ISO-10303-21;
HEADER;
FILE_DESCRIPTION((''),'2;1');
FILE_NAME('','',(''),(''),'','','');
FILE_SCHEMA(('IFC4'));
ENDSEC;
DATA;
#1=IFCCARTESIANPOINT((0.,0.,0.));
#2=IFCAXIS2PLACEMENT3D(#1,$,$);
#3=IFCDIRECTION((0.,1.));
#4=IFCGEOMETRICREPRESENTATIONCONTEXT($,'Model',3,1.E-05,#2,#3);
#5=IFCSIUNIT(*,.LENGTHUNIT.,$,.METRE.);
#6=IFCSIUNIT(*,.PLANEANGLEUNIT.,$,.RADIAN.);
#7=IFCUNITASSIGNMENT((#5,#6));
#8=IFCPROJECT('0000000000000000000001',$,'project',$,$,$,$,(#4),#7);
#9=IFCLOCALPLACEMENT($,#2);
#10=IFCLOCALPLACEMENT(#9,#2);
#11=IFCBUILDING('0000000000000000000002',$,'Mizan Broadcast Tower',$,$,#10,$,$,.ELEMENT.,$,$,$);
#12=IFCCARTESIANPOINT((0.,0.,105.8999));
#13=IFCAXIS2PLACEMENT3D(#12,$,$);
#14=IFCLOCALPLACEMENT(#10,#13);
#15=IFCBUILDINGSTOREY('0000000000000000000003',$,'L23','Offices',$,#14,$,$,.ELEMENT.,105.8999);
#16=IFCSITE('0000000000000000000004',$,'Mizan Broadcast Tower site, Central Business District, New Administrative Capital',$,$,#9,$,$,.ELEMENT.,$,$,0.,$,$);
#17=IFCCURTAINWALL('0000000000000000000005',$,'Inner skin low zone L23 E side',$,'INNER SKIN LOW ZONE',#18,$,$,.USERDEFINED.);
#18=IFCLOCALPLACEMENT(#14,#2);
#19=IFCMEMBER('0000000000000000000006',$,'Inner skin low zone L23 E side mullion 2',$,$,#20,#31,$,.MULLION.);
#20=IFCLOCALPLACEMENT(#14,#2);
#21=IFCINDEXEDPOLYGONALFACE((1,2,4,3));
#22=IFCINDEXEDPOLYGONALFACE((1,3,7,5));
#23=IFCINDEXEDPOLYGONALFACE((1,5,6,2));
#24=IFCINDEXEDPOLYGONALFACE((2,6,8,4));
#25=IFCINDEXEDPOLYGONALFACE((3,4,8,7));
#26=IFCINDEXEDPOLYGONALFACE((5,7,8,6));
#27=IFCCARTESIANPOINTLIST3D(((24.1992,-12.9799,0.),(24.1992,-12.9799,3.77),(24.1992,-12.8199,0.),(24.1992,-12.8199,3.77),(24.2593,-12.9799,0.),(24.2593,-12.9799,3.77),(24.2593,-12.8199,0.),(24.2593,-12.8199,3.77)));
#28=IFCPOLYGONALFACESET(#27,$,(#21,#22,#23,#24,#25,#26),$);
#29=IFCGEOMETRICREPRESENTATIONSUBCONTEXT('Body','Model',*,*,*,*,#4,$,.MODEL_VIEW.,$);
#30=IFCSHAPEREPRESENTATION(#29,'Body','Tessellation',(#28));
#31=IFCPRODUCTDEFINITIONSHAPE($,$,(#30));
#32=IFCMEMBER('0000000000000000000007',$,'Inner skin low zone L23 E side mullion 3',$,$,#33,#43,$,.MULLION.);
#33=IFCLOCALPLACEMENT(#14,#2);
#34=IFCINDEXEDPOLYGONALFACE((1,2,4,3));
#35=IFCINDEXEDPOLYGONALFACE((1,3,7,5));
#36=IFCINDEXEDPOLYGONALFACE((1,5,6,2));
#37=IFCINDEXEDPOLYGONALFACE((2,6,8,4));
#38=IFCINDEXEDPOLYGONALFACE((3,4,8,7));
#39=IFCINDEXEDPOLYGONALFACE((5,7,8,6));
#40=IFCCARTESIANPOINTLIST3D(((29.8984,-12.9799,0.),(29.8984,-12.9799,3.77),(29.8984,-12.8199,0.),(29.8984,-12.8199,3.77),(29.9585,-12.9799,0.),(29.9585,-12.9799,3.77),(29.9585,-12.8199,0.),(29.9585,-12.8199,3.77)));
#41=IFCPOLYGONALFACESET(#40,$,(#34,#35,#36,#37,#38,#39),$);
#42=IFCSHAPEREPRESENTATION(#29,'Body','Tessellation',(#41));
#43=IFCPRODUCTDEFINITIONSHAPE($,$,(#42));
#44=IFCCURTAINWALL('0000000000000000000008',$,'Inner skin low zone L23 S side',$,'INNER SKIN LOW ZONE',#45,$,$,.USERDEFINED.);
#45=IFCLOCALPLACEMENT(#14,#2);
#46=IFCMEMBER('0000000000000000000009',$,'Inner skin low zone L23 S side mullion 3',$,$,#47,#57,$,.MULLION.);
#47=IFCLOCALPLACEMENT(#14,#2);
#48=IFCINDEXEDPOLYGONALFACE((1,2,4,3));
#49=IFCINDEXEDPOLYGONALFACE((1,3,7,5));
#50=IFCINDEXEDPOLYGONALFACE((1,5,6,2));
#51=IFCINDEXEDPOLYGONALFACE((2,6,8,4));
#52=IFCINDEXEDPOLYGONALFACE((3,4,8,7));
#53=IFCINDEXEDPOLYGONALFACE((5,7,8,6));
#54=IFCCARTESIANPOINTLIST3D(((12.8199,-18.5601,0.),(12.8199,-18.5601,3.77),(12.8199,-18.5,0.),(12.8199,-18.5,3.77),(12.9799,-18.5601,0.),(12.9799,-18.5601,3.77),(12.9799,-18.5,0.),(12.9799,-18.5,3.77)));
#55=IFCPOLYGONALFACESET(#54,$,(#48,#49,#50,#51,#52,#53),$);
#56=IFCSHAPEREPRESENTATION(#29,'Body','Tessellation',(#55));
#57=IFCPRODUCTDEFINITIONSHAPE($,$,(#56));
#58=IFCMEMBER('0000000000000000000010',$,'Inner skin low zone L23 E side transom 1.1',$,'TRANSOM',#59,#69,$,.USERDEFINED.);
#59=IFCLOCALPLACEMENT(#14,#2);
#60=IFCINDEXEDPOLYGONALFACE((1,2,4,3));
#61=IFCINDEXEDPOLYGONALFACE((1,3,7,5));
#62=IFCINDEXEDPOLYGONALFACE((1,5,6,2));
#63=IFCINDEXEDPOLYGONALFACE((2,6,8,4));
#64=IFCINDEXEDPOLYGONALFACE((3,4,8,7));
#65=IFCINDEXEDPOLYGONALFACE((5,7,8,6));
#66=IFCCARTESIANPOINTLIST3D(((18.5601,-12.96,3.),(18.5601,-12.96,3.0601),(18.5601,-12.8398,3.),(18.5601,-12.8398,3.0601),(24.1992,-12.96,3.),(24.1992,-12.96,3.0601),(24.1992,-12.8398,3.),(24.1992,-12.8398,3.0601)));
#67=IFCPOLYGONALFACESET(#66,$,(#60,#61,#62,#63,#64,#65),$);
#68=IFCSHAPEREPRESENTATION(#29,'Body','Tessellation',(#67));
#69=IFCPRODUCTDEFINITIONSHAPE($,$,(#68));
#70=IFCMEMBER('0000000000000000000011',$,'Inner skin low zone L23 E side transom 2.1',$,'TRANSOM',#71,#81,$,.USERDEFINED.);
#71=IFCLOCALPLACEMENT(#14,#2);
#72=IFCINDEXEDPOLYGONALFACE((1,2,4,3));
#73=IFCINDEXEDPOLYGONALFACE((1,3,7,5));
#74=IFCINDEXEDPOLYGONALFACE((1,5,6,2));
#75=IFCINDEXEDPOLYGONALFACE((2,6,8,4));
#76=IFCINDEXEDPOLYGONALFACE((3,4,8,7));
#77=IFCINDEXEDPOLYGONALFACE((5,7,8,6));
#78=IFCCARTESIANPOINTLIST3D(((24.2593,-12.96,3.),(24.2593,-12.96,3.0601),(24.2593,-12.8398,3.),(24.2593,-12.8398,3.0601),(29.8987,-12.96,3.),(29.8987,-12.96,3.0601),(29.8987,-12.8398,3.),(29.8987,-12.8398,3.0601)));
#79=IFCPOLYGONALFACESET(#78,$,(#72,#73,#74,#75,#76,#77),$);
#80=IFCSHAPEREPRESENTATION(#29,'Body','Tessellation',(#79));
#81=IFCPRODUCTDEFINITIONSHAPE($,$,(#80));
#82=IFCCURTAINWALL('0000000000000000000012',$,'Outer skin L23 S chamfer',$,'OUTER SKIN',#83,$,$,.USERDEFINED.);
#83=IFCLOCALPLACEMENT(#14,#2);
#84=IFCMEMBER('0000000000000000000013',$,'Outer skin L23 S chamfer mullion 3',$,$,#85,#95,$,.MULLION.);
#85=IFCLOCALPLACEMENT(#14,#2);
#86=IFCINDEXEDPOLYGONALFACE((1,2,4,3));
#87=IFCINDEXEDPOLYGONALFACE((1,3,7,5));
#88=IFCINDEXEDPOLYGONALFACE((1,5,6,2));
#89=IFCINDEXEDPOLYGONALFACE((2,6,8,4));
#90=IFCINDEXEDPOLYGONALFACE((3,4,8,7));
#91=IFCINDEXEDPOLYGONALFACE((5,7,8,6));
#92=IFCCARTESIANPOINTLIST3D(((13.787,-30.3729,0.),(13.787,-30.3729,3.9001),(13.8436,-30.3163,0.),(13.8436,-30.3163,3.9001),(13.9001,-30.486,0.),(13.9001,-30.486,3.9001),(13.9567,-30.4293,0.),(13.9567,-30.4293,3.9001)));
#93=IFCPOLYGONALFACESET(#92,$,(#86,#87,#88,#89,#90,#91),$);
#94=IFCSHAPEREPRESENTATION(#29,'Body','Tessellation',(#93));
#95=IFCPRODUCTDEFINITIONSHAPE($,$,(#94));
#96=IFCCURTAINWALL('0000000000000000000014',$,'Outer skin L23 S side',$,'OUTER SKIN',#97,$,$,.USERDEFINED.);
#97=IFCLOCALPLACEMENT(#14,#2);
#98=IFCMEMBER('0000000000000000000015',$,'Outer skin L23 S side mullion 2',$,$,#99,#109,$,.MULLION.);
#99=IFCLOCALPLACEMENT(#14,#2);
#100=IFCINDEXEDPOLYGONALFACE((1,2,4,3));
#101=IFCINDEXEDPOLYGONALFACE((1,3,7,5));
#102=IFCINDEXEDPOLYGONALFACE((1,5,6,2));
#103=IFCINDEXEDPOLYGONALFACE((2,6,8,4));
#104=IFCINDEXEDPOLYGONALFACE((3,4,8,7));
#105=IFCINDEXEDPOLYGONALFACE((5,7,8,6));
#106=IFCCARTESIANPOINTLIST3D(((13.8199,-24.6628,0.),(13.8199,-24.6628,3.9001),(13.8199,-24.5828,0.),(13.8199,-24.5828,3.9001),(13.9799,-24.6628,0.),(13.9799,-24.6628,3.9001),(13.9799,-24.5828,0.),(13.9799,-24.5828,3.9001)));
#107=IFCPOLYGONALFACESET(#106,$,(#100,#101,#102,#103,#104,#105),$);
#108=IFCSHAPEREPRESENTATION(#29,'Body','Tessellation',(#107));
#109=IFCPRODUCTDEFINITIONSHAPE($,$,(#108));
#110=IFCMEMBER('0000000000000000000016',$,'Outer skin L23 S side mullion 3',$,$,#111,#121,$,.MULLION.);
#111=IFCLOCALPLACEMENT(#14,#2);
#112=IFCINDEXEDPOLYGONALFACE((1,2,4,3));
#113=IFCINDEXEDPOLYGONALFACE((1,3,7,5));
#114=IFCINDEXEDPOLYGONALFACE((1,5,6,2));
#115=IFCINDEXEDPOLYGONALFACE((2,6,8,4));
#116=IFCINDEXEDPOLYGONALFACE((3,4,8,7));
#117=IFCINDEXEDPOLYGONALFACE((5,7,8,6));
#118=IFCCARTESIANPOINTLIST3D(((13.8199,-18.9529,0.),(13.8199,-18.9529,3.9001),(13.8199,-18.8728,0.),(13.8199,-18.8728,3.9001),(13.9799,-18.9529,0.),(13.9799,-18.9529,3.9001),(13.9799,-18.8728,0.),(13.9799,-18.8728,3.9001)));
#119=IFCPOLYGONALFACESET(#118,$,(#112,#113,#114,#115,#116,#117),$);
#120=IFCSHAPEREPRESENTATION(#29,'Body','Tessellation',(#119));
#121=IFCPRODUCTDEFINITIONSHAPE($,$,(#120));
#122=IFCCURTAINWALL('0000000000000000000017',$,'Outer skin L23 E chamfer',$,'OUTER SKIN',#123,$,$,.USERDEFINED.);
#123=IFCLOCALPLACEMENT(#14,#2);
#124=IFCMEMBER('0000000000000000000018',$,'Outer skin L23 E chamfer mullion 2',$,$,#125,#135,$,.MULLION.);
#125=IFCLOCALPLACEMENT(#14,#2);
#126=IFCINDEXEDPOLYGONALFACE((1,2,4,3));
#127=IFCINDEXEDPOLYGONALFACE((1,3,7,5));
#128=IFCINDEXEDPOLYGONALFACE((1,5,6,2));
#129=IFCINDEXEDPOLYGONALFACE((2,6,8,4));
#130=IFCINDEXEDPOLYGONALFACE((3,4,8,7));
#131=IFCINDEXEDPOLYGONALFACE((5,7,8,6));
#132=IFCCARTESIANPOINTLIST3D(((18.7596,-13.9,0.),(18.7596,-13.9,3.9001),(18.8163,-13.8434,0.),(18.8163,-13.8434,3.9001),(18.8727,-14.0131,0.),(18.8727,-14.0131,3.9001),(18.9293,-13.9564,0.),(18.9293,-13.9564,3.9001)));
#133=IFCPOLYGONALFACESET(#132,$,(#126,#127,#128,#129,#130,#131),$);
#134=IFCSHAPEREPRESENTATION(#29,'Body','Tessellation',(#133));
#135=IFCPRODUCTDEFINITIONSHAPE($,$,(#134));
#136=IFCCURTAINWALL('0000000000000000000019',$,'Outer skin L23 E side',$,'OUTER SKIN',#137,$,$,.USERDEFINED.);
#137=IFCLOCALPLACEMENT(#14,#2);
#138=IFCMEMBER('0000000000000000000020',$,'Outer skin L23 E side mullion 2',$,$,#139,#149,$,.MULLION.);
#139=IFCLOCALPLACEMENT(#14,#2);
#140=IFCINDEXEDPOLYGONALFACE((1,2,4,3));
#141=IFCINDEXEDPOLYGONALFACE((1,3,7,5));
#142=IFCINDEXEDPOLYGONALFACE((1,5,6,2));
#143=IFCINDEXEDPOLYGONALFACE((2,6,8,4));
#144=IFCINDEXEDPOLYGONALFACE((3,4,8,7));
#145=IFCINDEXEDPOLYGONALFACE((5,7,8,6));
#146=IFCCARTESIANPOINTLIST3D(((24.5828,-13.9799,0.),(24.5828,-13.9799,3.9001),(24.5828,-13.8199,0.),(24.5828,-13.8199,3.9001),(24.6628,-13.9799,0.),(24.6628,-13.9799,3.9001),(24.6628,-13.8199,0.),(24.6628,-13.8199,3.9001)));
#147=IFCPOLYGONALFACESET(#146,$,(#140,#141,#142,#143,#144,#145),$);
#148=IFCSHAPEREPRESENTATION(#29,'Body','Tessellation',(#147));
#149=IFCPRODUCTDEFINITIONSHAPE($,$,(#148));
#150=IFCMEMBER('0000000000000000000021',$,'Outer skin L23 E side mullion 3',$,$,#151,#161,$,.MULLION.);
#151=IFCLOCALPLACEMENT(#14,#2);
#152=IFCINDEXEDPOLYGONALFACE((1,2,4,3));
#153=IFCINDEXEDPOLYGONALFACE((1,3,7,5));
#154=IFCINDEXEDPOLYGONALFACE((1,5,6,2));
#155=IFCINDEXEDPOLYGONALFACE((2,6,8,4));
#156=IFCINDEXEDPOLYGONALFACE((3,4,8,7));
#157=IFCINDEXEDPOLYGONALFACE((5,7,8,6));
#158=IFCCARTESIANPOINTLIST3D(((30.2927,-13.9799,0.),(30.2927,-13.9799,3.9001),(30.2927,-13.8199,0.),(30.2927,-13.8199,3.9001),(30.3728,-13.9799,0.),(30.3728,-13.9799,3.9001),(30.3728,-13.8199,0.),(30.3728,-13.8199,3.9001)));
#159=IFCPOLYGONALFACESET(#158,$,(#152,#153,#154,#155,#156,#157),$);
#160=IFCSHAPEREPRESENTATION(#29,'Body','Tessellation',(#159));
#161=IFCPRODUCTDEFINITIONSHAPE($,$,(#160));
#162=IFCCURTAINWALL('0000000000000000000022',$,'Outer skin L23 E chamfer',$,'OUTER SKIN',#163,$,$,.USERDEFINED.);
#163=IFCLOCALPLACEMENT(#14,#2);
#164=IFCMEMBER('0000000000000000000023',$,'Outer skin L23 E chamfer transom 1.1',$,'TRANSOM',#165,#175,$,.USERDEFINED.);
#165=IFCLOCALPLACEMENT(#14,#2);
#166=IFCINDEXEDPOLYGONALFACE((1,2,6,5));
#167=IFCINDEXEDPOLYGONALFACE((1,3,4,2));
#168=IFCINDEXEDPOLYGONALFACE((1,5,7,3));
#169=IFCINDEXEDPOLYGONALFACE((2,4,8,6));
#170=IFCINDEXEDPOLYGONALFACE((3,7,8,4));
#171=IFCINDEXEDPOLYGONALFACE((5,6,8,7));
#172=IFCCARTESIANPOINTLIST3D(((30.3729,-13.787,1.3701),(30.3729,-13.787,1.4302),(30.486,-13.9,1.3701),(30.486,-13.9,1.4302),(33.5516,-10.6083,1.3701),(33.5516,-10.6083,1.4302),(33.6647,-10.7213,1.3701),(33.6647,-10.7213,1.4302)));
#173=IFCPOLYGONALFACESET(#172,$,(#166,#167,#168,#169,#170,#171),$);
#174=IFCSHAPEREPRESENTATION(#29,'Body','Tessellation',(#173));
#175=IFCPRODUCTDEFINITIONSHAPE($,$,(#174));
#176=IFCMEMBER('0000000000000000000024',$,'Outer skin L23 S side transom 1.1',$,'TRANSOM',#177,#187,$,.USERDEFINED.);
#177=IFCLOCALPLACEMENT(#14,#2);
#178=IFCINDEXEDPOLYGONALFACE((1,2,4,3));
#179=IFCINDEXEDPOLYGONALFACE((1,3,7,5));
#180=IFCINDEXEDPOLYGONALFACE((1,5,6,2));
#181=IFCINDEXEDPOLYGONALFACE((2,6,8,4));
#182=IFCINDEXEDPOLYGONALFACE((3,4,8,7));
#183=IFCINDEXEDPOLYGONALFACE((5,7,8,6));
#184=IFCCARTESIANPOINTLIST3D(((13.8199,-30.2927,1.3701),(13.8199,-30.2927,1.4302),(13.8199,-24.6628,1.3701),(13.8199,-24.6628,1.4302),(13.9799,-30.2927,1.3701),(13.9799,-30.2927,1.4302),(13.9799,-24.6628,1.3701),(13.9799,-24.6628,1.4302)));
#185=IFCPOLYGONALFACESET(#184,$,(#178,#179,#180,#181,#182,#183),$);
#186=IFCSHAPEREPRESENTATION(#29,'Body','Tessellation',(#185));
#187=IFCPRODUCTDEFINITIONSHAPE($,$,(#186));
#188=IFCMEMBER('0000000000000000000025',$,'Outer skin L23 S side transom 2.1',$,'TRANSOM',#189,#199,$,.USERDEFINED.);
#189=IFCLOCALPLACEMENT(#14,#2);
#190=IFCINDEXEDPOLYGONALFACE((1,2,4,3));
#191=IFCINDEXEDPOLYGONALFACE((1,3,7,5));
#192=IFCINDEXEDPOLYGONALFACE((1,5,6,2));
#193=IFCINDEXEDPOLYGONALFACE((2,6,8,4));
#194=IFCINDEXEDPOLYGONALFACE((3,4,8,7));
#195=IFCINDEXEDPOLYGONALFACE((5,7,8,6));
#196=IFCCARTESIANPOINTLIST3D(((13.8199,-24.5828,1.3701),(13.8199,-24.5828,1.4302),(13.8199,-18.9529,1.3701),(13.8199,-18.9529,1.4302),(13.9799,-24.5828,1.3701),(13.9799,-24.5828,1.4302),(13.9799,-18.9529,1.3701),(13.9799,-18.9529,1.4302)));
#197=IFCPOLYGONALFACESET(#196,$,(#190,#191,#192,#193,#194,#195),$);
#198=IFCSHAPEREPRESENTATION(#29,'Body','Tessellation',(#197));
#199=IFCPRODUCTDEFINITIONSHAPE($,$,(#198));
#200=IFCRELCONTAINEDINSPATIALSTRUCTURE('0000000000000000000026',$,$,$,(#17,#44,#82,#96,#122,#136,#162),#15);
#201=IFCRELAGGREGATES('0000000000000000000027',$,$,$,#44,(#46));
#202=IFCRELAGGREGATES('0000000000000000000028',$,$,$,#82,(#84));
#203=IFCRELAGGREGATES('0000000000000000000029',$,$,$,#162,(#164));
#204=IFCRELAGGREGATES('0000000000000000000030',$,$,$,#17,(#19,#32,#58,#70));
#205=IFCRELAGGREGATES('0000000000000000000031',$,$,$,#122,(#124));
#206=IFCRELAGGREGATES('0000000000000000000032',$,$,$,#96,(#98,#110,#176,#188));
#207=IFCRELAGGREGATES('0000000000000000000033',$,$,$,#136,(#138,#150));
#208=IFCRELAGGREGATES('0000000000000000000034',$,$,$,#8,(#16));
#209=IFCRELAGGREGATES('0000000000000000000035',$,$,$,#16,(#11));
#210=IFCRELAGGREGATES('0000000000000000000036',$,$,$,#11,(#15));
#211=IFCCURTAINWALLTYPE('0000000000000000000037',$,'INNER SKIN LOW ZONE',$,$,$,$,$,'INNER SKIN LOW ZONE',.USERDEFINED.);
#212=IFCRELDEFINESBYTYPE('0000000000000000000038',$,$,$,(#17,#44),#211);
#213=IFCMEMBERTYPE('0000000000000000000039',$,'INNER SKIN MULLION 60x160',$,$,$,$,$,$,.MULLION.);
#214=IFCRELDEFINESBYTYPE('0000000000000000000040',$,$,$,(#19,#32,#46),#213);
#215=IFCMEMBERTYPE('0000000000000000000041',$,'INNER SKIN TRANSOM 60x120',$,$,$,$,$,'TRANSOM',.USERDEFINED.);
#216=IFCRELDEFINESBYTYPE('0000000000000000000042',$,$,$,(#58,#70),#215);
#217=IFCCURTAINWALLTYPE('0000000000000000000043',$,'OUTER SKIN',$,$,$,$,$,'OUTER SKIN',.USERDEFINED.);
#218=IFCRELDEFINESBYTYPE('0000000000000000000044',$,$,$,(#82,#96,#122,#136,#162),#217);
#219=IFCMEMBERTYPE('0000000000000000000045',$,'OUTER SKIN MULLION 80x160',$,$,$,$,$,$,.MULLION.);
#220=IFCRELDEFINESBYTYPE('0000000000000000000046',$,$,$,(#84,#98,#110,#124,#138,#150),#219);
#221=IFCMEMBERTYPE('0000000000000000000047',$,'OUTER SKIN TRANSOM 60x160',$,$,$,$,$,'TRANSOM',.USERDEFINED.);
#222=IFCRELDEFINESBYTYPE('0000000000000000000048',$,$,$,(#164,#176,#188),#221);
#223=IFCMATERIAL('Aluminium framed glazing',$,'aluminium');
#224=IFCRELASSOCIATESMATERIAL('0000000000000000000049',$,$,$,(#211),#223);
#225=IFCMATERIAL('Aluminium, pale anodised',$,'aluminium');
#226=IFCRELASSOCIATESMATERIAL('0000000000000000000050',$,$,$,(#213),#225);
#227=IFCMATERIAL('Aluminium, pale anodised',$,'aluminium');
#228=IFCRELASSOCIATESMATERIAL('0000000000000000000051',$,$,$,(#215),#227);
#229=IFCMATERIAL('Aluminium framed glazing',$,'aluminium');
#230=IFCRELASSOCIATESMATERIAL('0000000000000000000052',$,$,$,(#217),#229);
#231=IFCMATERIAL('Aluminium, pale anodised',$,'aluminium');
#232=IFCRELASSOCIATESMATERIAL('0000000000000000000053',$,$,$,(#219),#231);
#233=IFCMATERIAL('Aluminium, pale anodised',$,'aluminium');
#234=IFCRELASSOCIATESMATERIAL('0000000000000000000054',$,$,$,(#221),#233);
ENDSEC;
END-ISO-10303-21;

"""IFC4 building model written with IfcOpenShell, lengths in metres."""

from ifc_helpers import new_model, si_unit, direction, frame, origin, origin_2d, place, context, subcontext, project, spatial, rectangle, extrude, material, material_profile, profile_set, type_object, element, aggregate, save


model = new_model("IFC4")

# Units and contexts
model_context = context("Model", 3, precision=1e-05, world=origin(), true_north=direction((0.0, 1.0)))
body_context = subcontext(model_context, "Body", "Model", "MODEL_VIEW")
ifc_project = project(units=[si_unit("LENGTHUNIT", "METRE"), si_unit("PLANEANGLEUNIT", "RADIAN")], contexts=[model_context])

# Site, building, storey
site_placement = place(None, origin())
site = spatial("IfcSite", under=ifc_project, at=site_placement, Name="Mizan Broadcast Tower site, Central Business District, New Administrative Capital", CompositionType="ELEMENT", RefElevation=0.0)
building_placement = place(site_placement, origin())
building = spatial("IfcBuilding", under=site, at=building_placement, Name="Mizan Broadcast Tower", CompositionType="ELEMENT")
storey_placement = place(building_placement, frame((0.0, 0.0, 105.8999)))
storey = spatial("IfcBuildingStorey", under=building, at=storey_placement, Name="L23", Description="Offices", CompositionType="ELEMENT", Elevation=105.8999)

# Curtain wall, members
ifc_material_1 = material(Name="Aluminium framed glazing", Category="aluminium")
curtain_wall_type_1 = type_object("IfcCurtainWallType", Name="INNER SKIN LOW ZONE", ElementType="INNER SKIN LOW ZONE", PredefinedType="USERDEFINED", material=ifc_material_1)
curtain_wall_1_placement = place(storey_placement, origin())
curtain_wall_1 = element("IfcCurtainWall", 1, at=curtain_wall_1_placement, inside=storey, type_object=curtain_wall_type_1, Name="Inner skin low zone L23 E side", ObjectType="INNER SKIN LOW ZONE", PredefinedType="USERDEFINED")
ifc_material_2 = material(Name="Aluminium, pale anodised", Category="aluminium")
ifc_material_profile_1 = material_profile(ifc_material_2, rectangle(XDim=0.1599, YDim=0.0601, at=origin_2d()), Name="MULLION 160x60")
ifc_profile_set_1 = profile_set([ifc_material_profile_1], Name="Aluminium, pale anodised")
member_type_1 = type_object("IfcMemberType", Name="INNER SKIN MULLION 60x160", PredefinedType="MULLION", material=ifc_profile_set_1)
member_1_placement = place(storey_placement, frame((24.2292, -12.8999, 0.0), z_axis=(0.0, 0.0, 1.0), x_axis=(0.0, 1.0, 0.0)))
member_1 = element("IfcMember", 2, at=member_1_placement, type_object=member_type_1, Name="Inner skin low zone L23 E side mullion 2", PredefinedType="MULLION", context=body_context, shape_type="SweptSolid", body=[
    extrude(rectangle(XDim=0.1599, YDim=0.0601, at=origin_2d()), origin(), (0.0, 0.0, 1.0), 3.77),
])
member_2_placement = place(storey_placement, frame((29.9285, -12.8999, 0.0), z_axis=(0.0, 0.0, 1.0), x_axis=(0.0, 1.0, 0.0)))
member_2 = element("IfcMember", 3, at=member_2_placement, type_object=member_type_1, Name="Inner skin low zone L23 E side mullion 3", PredefinedType="MULLION", context=body_context, shape_type="SweptSolid", body=[
    extrude(rectangle(XDim=0.1599, YDim=0.0601, at=origin_2d()), origin(), (0.0, 0.0, 1.0), 3.77),
])

# Curtain wall, member
curtain_wall_2_placement = place(storey_placement, origin())
curtain_wall_2 = element("IfcCurtainWall", 4, at=curtain_wall_2_placement, inside=storey, type_object=curtain_wall_type_1, Name="Inner skin low zone L23 S side", ObjectType="INNER SKIN LOW ZONE", PredefinedType="USERDEFINED")
member_3_placement = place(storey_placement, frame((12.8999, -18.53, 0.0), z_axis=(0.0, 0.0, 1.0), x_axis=(-1.0, 0.0, 0.0)))
member_3 = element("IfcMember", 5, at=member_3_placement, type_object=member_type_1, Name="Inner skin low zone L23 S side mullion 3", PredefinedType="MULLION", context=body_context, shape_type="SweptSolid", body=[
    extrude(rectangle(XDim=0.1599, YDim=0.0601, at=origin_2d()), origin(), (0.0, 0.0, 1.0), 3.77),
])
aggregate(curtain_wall_2, [member_3])

# Members
ifc_material_3 = material(Name="Aluminium, pale anodised", Category="aluminium")
ifc_material_profile_2 = material_profile(ifc_material_3, rectangle(XDim=0.1201, YDim=0.0601, at=origin_2d()), Name="TRANSOM 120x60")
ifc_profile_set_2 = profile_set([ifc_material_profile_2], Name="Aluminium, pale anodised")
member_type_2 = type_object("IfcMemberType", Name="INNER SKIN TRANSOM 60x120", ElementType="TRANSOM", PredefinedType="USERDEFINED", material=ifc_profile_set_2)
member_4_placement = place(storey_placement, frame((18.5601, -12.8999, 3.03), z_axis=(1.0, 0.0, 0.0), x_axis=(0.0, 1.0, 0.0)))
member_4 = element("IfcMember", 6, at=member_4_placement, type_object=member_type_2, Name="Inner skin low zone L23 E side transom 1.1", ObjectType="TRANSOM", PredefinedType="USERDEFINED", context=body_context, shape_type="SweptSolid", body=[
    extrude(rectangle(XDim=0.1201, YDim=0.0601, at=origin_2d()), origin(), (0.0, 0.0, 1.0), 5.6392),
])
member_5_placement = place(storey_placement, frame((24.2593, -12.8999, 3.03), z_axis=(1.0, 0.0, 0.0), x_axis=(0.0, 1.0, 0.0)))
member_5 = element("IfcMember", 7, at=member_5_placement, type_object=member_type_2, Name="Inner skin low zone L23 E side transom 2.1", ObjectType="TRANSOM", PredefinedType="USERDEFINED", context=body_context, shape_type="SweptSolid", body=[
    extrude(rectangle(XDim=0.1201, YDim=0.0601, at=origin_2d()), origin(), (0.0, 0.0, 1.0), 5.6394),
])

# Curtain wall, member
ifc_material_4 = material(Name="Aluminium framed glazing", Category="aluminium")
curtain_wall_type_2 = type_object("IfcCurtainWallType", Name="OUTER SKIN", ElementType="OUTER SKIN", PredefinedType="USERDEFINED", material=ifc_material_4)
curtain_wall_3_placement = place(storey_placement, origin())
curtain_wall_3 = element("IfcCurtainWall", 8, at=curtain_wall_3_placement, inside=storey, type_object=curtain_wall_type_2, Name="Outer skin L23 S chamfer", ObjectType="OUTER SKIN", PredefinedType="USERDEFINED")
ifc_material_5 = material(Name="Aluminium, pale anodised", Category="aluminium")
ifc_material_profile_3 = material_profile(ifc_material_5, rectangle(XDim=0.1599, YDim=0.0801, at=origin_2d()), Name="MULLION 160x80")
ifc_profile_set_3 = profile_set([ifc_material_profile_3], Name="Aluminium, pale anodised")
member_type_3 = type_object("IfcMemberType", Name="OUTER SKIN MULLION 80x160", PredefinedType="MULLION", material=ifc_profile_set_3)
member_6_placement = place(storey_placement, frame((13.8718, -30.4011, 0.0), z_axis=(0.0, 0.0, 1.0), x_axis=(-0.707107, 0.707107, 0.0)))
member_6 = element("IfcMember", 9, at=member_6_placement, type_object=member_type_3, Name="Outer skin L23 S chamfer mullion 3", PredefinedType="MULLION", context=body_context, shape_type="SweptSolid", body=[
    extrude(rectangle(XDim=0.1599, YDim=0.0801, at=origin_2d()), origin(), (0.0, 0.0, 1.0), 3.9001),
])
aggregate(curtain_wall_3, [member_6])

# Curtain wall, members
curtain_wall_4_placement = place(storey_placement, origin())
curtain_wall_4 = element("IfcCurtainWall", 10, at=curtain_wall_4_placement, inside=storey, type_object=curtain_wall_type_2, Name="Outer skin L23 S side", ObjectType="OUTER SKIN", PredefinedType="USERDEFINED")
member_7_placement = place(storey_placement, frame((13.8999, -24.6228, 0.0), z_axis=(0.0, 0.0, 1.0), x_axis=(-1.0, 0.0, 0.0)))
member_7 = element("IfcMember", 11, at=member_7_placement, type_object=member_type_3, Name="Outer skin L23 S side mullion 2", PredefinedType="MULLION", context=body_context, shape_type="SweptSolid", body=[
    extrude(rectangle(XDim=0.1599, YDim=0.0801, at=origin_2d()), origin(), (0.0, 0.0, 1.0), 3.9001),
])
member_8_placement = place(storey_placement, frame((13.8999, -18.9128, 0.0), z_axis=(0.0, 0.0, 1.0), x_axis=(-1.0, 0.0, 0.0)))
member_8 = element("IfcMember", 12, at=member_8_placement, type_object=member_type_3, Name="Outer skin L23 S side mullion 3", PredefinedType="MULLION", context=body_context, shape_type="SweptSolid", body=[
    extrude(rectangle(XDim=0.1599, YDim=0.0801, at=origin_2d()), origin(), (0.0, 0.0, 1.0), 3.9001),
])

# Curtain wall, member
curtain_wall_5_placement = place(storey_placement, origin())
curtain_wall_5 = element("IfcCurtainWall", 13, at=curtain_wall_5_placement, inside=storey, type_object=curtain_wall_type_2, Name="Outer skin L23 E chamfer", ObjectType="OUTER SKIN", PredefinedType="USERDEFINED")
member_9_placement = place(storey_placement, frame((18.8445, -13.9282, 0.0), z_axis=(0.0, 0.0, 1.0), x_axis=(-0.707107, 0.707107, 0.0)))
member_9 = element("IfcMember", 14, at=member_9_placement, type_object=member_type_3, Name="Outer skin L23 E chamfer mullion 2", PredefinedType="MULLION", context=body_context, shape_type="SweptSolid", body=[
    extrude(rectangle(XDim=0.1599, YDim=0.0801, at=origin_2d()), origin(), (0.0, 0.0, 1.0), 3.9001),
])

# Curtain wall, members
curtain_wall_6_placement = place(storey_placement, origin())
curtain_wall_6 = element("IfcCurtainWall", 15, at=curtain_wall_6_placement, inside=storey, type_object=curtain_wall_type_2, Name="Outer skin L23 E side", ObjectType="OUTER SKIN", PredefinedType="USERDEFINED")
member_10_placement = place(storey_placement, frame((24.6228, -13.8999, 0.0), z_axis=(0.0, 0.0, 1.0), x_axis=(0.0, 1.0, 0.0)))
member_10 = element("IfcMember", 16, at=member_10_placement, type_object=member_type_3, Name="Outer skin L23 E side mullion 2", PredefinedType="MULLION", context=body_context, shape_type="SweptSolid", body=[
    extrude(rectangle(XDim=0.1599, YDim=0.0801, at=origin_2d()), origin(), (0.0, 0.0, 1.0), 3.9001),
])
member_11_placement = place(storey_placement, frame((30.3328, -13.8999, 0.0), z_axis=(0.0, 0.0, 1.0), x_axis=(0.0, 1.0, 0.0)))
member_11 = element("IfcMember", 17, at=member_11_placement, type_object=member_type_3, Name="Outer skin L23 E side mullion 3", PredefinedType="MULLION", context=body_context, shape_type="SweptSolid", body=[
    extrude(rectangle(XDim=0.1599, YDim=0.0801, at=origin_2d()), origin(), (0.0, 0.0, 1.0), 3.9001),
])

# Curtain wall, member
curtain_wall_7_placement = place(storey_placement, origin())
curtain_wall_7 = element("IfcCurtainWall", 18, at=curtain_wall_7_placement, inside=storey, type_object=curtain_wall_type_2, Name="Outer skin L23 E chamfer", ObjectType="OUTER SKIN", PredefinedType="USERDEFINED")
ifc_material_6 = material(Name="Aluminium, pale anodised", Category="aluminium")
ifc_material_profile_4 = material_profile(ifc_material_6, rectangle(XDim=0.1599, YDim=0.0601, at=origin_2d()), Name="TRANSOM 160x60")
ifc_profile_set_4 = profile_set([ifc_material_profile_4], Name="Aluminium, pale anodised")
member_type_4 = type_object("IfcMemberType", Name="OUTER SKIN TRANSOM 60x160", ElementType="TRANSOM", PredefinedType="USERDEFINED", material=ifc_profile_set_4)
member_12_placement = place(storey_placement, frame((30.4294, -13.8435, 1.4001), z_axis=(0.707107, 0.707107, 0.0), x_axis=(-0.707107, 0.707107, 0.0)))
member_12 = element("IfcMember", 19, at=member_12_placement, type_object=member_type_4, Name="Outer skin L23 E chamfer transom 1.1", ObjectType="TRANSOM", PredefinedType="USERDEFINED", context=body_context, shape_type="SweptSolid", body=[
    extrude(rectangle(XDim=0.1599, YDim=0.0601, at=origin_2d()), origin(), (0.0, 0.0, 1.0), 4.4954),
])
aggregate(curtain_wall_7, [member_12])

# Members
member_13_placement = place(storey_placement, frame((13.8999, -30.2927, 1.4001), z_axis=(0.0, 1.0, 0.0), x_axis=(-1.0, 0.0, 0.0)))
member_13 = element("IfcMember", 20, at=member_13_placement, type_object=member_type_4, Name="Outer skin L23 S side transom 1.1", ObjectType="TRANSOM", PredefinedType="USERDEFINED", context=body_context, shape_type="SweptSolid", body=[
    extrude(rectangle(XDim=0.1599, YDim=0.0601, at=origin_2d()), origin(), (0.0, 0.0, 1.0), 5.6299),
])
member_14_placement = place(storey_placement, frame((13.8999, -24.5828, 1.4001), z_axis=(0.0, 1.0, 0.0), x_axis=(-1.0, 0.0, 0.0)))
member_14 = element("IfcMember", 21, at=member_14_placement, type_object=member_type_4, Name="Outer skin L23 S side transom 2.1", ObjectType="TRANSOM", PredefinedType="USERDEFINED", context=body_context, shape_type="SweptSolid", body=[
    extrude(rectangle(XDim=0.1599, YDim=0.0601, at=origin_2d()), origin(), (0.0, 0.0, 1.0), 5.6299),
])

aggregate(curtain_wall_1, [member_1, member_2, member_4, member_5])
aggregate(curtain_wall_5, [member_9])
aggregate(curtain_wall_4, [member_7, member_8, member_13, member_14])
aggregate(curtain_wall_6, [member_10, member_11])

save(model, "model.ifc")
